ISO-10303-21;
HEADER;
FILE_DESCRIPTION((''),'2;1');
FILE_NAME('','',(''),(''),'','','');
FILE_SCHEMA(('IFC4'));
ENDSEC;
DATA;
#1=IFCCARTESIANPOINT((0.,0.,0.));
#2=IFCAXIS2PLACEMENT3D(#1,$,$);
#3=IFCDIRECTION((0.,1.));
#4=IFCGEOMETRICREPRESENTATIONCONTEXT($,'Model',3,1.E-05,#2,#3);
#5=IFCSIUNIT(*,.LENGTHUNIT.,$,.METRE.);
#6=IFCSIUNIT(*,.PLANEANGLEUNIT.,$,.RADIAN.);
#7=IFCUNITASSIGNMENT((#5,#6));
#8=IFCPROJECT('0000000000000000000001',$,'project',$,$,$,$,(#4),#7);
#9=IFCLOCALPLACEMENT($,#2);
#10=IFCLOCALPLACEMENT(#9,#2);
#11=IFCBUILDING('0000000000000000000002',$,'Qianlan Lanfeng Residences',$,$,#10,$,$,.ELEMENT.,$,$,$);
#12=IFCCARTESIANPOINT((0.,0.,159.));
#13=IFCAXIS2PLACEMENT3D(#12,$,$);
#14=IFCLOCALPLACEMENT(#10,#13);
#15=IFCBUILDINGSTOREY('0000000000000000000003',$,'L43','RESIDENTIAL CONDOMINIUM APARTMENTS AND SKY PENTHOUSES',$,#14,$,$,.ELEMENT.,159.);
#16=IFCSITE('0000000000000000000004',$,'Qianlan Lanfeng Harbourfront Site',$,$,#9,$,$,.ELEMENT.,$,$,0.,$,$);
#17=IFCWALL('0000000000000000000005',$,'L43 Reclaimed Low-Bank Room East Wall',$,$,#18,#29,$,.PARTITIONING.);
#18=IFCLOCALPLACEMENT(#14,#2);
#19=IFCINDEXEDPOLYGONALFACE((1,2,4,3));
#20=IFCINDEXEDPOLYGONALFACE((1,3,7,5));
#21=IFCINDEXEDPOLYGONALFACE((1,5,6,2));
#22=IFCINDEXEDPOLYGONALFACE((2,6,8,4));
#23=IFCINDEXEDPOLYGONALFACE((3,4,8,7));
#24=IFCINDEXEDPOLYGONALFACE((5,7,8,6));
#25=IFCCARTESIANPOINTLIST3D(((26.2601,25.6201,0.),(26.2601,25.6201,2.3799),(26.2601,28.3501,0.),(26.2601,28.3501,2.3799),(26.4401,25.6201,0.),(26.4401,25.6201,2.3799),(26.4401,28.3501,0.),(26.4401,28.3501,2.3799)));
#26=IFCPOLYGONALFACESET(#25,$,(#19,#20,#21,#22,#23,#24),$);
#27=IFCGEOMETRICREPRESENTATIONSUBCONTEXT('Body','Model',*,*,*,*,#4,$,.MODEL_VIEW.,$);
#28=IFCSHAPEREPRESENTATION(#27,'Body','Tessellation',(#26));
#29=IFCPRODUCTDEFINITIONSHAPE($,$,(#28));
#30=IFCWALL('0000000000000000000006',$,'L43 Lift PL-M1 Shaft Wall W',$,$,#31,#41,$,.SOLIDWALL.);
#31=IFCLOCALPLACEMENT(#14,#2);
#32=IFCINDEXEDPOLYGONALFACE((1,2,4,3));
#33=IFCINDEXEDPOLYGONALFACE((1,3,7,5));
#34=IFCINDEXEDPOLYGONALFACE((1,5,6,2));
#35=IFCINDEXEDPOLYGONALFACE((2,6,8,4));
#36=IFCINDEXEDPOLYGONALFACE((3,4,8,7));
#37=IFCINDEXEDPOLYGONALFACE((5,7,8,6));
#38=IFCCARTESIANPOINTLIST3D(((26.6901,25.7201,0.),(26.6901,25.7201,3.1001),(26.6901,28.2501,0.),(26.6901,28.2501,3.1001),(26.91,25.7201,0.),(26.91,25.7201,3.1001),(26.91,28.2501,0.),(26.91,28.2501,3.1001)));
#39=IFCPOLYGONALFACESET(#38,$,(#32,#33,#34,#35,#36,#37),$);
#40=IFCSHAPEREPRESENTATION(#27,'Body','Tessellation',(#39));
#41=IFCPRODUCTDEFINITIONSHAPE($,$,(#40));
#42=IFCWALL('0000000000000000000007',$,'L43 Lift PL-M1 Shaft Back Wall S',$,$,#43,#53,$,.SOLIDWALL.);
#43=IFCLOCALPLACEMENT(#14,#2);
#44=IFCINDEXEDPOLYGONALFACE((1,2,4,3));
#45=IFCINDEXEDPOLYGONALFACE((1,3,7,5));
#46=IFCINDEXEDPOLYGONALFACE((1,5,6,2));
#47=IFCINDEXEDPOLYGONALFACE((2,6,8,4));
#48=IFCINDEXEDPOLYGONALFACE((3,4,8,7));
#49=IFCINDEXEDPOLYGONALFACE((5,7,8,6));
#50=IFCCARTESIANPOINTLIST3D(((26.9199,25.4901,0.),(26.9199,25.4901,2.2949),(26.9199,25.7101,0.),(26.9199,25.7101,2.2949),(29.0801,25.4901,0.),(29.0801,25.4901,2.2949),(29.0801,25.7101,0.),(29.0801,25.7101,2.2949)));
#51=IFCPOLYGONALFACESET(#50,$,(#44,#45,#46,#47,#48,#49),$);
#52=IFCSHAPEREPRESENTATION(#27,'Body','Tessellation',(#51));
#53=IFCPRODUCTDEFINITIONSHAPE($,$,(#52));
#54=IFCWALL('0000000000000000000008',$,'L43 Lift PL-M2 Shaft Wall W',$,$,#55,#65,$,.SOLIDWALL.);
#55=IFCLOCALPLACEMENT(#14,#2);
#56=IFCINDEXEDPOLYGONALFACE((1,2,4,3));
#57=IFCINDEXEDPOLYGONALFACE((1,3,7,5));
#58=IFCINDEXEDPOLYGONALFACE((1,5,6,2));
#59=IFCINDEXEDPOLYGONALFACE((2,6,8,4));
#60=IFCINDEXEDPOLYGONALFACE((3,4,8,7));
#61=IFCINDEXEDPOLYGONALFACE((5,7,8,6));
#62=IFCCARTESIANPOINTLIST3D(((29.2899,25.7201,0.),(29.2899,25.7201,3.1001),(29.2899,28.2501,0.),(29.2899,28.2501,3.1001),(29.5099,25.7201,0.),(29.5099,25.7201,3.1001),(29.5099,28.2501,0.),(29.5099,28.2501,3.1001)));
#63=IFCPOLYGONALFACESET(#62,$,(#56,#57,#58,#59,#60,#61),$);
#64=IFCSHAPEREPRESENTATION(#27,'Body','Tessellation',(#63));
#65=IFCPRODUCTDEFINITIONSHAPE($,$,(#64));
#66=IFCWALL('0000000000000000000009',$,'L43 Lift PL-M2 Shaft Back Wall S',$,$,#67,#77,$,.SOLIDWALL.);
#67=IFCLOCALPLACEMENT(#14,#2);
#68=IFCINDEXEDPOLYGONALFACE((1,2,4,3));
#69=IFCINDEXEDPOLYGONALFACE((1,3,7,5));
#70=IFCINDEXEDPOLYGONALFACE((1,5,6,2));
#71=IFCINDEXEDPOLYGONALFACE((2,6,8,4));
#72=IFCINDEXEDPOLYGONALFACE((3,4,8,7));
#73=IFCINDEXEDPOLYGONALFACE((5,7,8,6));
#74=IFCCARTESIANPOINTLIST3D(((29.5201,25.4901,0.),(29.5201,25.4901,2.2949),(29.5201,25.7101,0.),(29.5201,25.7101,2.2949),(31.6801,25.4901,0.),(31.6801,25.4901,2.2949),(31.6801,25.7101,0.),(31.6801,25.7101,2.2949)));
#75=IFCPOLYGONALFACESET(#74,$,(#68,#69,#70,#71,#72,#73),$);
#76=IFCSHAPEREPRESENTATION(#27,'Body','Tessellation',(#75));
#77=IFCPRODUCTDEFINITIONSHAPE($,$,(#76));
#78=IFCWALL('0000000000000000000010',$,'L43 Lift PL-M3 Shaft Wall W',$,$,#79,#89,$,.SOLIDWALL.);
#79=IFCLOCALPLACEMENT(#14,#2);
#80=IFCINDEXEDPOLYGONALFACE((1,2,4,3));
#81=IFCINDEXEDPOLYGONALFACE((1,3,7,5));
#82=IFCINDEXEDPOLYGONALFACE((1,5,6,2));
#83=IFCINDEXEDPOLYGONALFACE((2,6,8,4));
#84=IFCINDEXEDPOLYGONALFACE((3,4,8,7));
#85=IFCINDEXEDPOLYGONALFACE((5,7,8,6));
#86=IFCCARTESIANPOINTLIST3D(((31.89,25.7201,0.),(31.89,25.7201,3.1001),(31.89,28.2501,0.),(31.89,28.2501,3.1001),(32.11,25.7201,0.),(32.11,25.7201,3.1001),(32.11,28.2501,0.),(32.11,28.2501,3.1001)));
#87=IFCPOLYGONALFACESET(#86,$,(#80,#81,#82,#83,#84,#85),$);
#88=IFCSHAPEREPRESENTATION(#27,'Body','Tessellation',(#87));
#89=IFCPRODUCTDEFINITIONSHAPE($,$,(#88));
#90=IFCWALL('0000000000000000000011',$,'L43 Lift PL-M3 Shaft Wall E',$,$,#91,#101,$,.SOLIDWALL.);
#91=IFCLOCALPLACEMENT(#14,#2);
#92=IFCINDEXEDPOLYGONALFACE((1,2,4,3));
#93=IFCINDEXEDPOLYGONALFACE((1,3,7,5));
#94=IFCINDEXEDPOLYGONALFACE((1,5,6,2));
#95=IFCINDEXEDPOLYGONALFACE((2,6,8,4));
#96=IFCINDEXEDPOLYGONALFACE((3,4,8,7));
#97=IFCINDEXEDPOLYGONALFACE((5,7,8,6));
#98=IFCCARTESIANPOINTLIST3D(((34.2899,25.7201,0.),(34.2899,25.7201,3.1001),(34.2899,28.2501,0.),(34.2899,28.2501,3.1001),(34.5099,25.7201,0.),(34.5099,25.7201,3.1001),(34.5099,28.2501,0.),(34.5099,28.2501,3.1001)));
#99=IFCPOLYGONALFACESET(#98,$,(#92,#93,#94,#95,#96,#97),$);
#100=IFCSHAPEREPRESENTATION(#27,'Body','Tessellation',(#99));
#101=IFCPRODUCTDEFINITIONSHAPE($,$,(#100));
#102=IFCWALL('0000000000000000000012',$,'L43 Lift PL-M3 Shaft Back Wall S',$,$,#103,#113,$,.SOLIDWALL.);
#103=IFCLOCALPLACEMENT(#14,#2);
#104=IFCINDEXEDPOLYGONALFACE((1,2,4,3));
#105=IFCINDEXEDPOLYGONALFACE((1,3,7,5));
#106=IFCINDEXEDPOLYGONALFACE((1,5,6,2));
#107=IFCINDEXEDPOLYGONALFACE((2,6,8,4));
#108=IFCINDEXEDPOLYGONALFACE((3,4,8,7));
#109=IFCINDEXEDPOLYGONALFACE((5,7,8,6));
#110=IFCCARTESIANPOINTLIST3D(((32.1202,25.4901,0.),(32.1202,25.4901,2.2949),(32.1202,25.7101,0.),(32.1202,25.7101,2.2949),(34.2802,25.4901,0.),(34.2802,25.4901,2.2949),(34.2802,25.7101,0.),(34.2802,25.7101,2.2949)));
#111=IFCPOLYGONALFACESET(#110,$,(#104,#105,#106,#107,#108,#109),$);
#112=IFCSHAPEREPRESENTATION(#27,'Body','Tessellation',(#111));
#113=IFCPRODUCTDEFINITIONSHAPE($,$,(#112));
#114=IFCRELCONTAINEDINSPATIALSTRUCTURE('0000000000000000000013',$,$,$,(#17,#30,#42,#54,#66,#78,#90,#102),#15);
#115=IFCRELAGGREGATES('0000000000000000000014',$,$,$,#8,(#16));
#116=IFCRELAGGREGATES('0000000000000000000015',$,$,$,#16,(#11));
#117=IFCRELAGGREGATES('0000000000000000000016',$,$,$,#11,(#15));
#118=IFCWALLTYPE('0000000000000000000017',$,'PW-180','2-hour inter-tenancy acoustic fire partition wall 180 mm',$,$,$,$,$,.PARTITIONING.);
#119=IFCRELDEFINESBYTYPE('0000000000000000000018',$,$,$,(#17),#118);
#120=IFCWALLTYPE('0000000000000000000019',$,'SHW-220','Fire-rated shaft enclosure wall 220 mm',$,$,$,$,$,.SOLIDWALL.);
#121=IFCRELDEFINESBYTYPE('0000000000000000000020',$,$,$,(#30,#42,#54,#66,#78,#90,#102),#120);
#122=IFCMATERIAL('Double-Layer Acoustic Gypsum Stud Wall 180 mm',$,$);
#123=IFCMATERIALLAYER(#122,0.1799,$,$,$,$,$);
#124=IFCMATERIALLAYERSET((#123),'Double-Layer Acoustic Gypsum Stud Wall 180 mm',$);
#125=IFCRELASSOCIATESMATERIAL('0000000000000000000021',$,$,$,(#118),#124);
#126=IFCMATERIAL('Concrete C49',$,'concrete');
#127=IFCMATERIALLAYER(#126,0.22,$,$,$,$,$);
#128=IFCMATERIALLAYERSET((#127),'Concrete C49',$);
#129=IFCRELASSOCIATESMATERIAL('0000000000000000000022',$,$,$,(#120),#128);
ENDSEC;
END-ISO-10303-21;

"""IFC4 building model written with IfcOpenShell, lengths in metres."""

from ifc_helpers import new_model, si_unit, direction, frame, frame_2d, origin, place, context, subcontext, project, spatial, rectangle, extrude, material, layer, layer_set, type_object, element, save


model = new_model("IFC4")

# Units and contexts
model_context = context("Model", 3, precision=1e-05, world=origin(), true_north=direction((0.0, 1.0)))
body_context = subcontext(model_context, "Body", "Model", "MODEL_VIEW")
ifc_project = project(units=[si_unit("LENGTHUNIT", "METRE"), si_unit("PLANEANGLEUNIT", "RADIAN")], contexts=[model_context])

# Site, building, storey
site_placement = place(None, origin())
site = spatial("IfcSite", under=ifc_project, at=site_placement, Name="Qianlan Lanfeng Harbourfront Site", CompositionType="ELEMENT", RefElevation=0.0)
building_placement = place(site_placement, origin())
building = spatial("IfcBuilding", under=site, at=building_placement, Name="Qianlan Lanfeng Residences", CompositionType="ELEMENT")
storey_placement = place(building_placement, frame((0.0, 0.0, 159.0)))
storey = spatial("IfcBuildingStorey", under=building, at=storey_placement, Name="L43", Description="RESIDENTIAL CONDOMINIUM APARTMENTS AND SKY PENTHOUSES", CompositionType="ELEMENT", Elevation=159.0)

# Shared definitions
ifc_material_1 = material(Name="Concrete C49", Category="concrete")

# Shared definitions
ifc_material_2 = material(Name="Double-Layer Acoustic Gypsum Stud Wall 180 mm")
ifc_layer_1 = layer(ifc_material_2, 0.1799)
ifc_layer_set_1 = layer_set([ifc_layer_1], Name="Double-Layer Acoustic Gypsum Stud Wall 180 mm")
wall_type_1 = type_object("IfcWallType", Name="PW-180", Description="2-hour inter-tenancy acoustic fire partition wall 180 mm", PredefinedType="PARTITIONING", material=ifc_layer_set_1)

# Walls
wall_1_placement = place(storey_placement, frame((26.3501, 25.6201, 0.0), z_axis=(0.0, 0.0, 1.0), x_axis=(0.0, 1.0, 0.0)))
element("IfcWall", 1, at=wall_1_placement, inside=storey, type_object=wall_type_1, Name="L43 Reclaimed Low-Bank Room East Wall", PredefinedType="PARTITIONING", context=body_context, shape_type="SweptSolid", body=[
    extrude(rectangle(XDim=2.73, YDim=0.1799, at=frame_2d((1.365, 0.0))), origin(), (0.0, 0.0, 1.0), 2.3799),
])
ifc_layer_2 = layer(ifc_material_1, 0.22)
ifc_layer_set_2 = layer_set([ifc_layer_2], Name="Concrete C49")
wall_type_2 = type_object("IfcWallType", Name="SHW-220", Description="Fire-rated shaft enclosure wall 220 mm", PredefinedType="SOLIDWALL", material=ifc_layer_set_2)
wall_2_placement = place(storey_placement, frame((26.8, 25.72, 0.0), z_axis=(0.0, 0.0, 1.0), x_axis=(0.0, 1.0, 0.0)))
element("IfcWall", 2, at=wall_2_placement, inside=storey, type_object=wall_type_2, Name="L43 Lift PL-M1 Shaft Wall W", PredefinedType="SOLIDWALL", context=body_context, shape_type="SweptSolid", body=[
    extrude(rectangle(XDim=2.53, YDim=0.22, at=frame_2d((1.2651, 0.0))), origin(), (0.0, 0.0, 1.0), 3.1001),
])
wall_3_placement = place(storey_placement, frame((26.9199, 25.6001, 0.0), z_axis=(0.0, 0.0, 1.0), x_axis=(1.0, 0.0, 0.0)))
element("IfcWall", 3, at=wall_3_placement, inside=storey, type_object=wall_type_2, Name="L43 Lift PL-M1 Shaft Back Wall S", PredefinedType="SOLIDWALL", context=body_context, shape_type="SweptSolid", body=[
    extrude(rectangle(XDim=2.1602, YDim=0.22, at=frame_2d((1.0801, 0.0))), origin(), (0.0, 0.0, 1.0), 2.2949),
])
wall_4_placement = place(storey_placement, frame((29.3999, 25.72, 0.0), z_axis=(0.0, 0.0, 1.0), x_axis=(0.0, 1.0, 0.0)))
element("IfcWall", 4, at=wall_4_placement, inside=storey, type_object=wall_type_2, Name="L43 Lift PL-M2 Shaft Wall W", PredefinedType="SOLIDWALL", context=body_context, shape_type="SweptSolid", body=[
    extrude(rectangle(XDim=2.53, YDim=0.22, at=frame_2d((1.2651, 0.0))), origin(), (0.0, 0.0, 1.0), 3.1001),
])
wall_5_placement = place(storey_placement, frame((29.52, 25.6001, 0.0), z_axis=(0.0, 0.0, 1.0), x_axis=(1.0, 0.0, 0.0)))
element("IfcWall", 5, at=wall_5_placement, inside=storey, type_object=wall_type_2, Name="L43 Lift PL-M2 Shaft Back Wall S", PredefinedType="SOLIDWALL", context=body_context, shape_type="SweptSolid", body=[
    extrude(rectangle(XDim=2.1599, YDim=0.22, at=frame_2d((1.0801, 0.0))), origin(), (0.0, 0.0, 1.0), 2.2949),
])
for number, where, z_axis, x_axis, name in (
    (6, (32.0, 25.72, 0.0), (0.0, 0.0, 1.0), (0.0, 1.0, 0.0), "L43 Lift PL-M3 Shaft Wall W"),
    (7, (34.3999, 25.72, 0.0), (0.0, 0.0, 1.0), (0.0, 1.0, 0.0), "L43 Lift PL-M3 Shaft Wall E"),
):
    element("IfcWall", number, at=place(storey_placement, frame(where, z_axis=z_axis, x_axis=x_axis)), inside=storey, type_object=wall_type_2, Name=name, PredefinedType="SOLIDWALL", context=body_context, shape_type="SweptSolid", body=[
        extrude(rectangle(XDim=2.53, YDim=0.22, at=frame_2d((1.2651, 0.0))), origin(), (0.0, 0.0, 1.0), 3.1001),
    ])
wall_6_placement = place(storey_placement, frame((32.1201, 25.6001, 0.0), z_axis=(0.0, 0.0, 1.0), x_axis=(1.0, 0.0, 0.0)))
element("IfcWall", 8, at=wall_6_placement, inside=storey, type_object=wall_type_2, Name="L43 Lift PL-M3 Shaft Back Wall S", PredefinedType="SOLIDWALL", context=body_context, shape_type="SweptSolid", body=[
    extrude(rectangle(XDim=2.1599, YDim=0.22, at=frame_2d((1.0801, 0.0))), origin(), (0.0, 0.0, 1.0), 2.2949),
])

save(model, "model.ifc")
